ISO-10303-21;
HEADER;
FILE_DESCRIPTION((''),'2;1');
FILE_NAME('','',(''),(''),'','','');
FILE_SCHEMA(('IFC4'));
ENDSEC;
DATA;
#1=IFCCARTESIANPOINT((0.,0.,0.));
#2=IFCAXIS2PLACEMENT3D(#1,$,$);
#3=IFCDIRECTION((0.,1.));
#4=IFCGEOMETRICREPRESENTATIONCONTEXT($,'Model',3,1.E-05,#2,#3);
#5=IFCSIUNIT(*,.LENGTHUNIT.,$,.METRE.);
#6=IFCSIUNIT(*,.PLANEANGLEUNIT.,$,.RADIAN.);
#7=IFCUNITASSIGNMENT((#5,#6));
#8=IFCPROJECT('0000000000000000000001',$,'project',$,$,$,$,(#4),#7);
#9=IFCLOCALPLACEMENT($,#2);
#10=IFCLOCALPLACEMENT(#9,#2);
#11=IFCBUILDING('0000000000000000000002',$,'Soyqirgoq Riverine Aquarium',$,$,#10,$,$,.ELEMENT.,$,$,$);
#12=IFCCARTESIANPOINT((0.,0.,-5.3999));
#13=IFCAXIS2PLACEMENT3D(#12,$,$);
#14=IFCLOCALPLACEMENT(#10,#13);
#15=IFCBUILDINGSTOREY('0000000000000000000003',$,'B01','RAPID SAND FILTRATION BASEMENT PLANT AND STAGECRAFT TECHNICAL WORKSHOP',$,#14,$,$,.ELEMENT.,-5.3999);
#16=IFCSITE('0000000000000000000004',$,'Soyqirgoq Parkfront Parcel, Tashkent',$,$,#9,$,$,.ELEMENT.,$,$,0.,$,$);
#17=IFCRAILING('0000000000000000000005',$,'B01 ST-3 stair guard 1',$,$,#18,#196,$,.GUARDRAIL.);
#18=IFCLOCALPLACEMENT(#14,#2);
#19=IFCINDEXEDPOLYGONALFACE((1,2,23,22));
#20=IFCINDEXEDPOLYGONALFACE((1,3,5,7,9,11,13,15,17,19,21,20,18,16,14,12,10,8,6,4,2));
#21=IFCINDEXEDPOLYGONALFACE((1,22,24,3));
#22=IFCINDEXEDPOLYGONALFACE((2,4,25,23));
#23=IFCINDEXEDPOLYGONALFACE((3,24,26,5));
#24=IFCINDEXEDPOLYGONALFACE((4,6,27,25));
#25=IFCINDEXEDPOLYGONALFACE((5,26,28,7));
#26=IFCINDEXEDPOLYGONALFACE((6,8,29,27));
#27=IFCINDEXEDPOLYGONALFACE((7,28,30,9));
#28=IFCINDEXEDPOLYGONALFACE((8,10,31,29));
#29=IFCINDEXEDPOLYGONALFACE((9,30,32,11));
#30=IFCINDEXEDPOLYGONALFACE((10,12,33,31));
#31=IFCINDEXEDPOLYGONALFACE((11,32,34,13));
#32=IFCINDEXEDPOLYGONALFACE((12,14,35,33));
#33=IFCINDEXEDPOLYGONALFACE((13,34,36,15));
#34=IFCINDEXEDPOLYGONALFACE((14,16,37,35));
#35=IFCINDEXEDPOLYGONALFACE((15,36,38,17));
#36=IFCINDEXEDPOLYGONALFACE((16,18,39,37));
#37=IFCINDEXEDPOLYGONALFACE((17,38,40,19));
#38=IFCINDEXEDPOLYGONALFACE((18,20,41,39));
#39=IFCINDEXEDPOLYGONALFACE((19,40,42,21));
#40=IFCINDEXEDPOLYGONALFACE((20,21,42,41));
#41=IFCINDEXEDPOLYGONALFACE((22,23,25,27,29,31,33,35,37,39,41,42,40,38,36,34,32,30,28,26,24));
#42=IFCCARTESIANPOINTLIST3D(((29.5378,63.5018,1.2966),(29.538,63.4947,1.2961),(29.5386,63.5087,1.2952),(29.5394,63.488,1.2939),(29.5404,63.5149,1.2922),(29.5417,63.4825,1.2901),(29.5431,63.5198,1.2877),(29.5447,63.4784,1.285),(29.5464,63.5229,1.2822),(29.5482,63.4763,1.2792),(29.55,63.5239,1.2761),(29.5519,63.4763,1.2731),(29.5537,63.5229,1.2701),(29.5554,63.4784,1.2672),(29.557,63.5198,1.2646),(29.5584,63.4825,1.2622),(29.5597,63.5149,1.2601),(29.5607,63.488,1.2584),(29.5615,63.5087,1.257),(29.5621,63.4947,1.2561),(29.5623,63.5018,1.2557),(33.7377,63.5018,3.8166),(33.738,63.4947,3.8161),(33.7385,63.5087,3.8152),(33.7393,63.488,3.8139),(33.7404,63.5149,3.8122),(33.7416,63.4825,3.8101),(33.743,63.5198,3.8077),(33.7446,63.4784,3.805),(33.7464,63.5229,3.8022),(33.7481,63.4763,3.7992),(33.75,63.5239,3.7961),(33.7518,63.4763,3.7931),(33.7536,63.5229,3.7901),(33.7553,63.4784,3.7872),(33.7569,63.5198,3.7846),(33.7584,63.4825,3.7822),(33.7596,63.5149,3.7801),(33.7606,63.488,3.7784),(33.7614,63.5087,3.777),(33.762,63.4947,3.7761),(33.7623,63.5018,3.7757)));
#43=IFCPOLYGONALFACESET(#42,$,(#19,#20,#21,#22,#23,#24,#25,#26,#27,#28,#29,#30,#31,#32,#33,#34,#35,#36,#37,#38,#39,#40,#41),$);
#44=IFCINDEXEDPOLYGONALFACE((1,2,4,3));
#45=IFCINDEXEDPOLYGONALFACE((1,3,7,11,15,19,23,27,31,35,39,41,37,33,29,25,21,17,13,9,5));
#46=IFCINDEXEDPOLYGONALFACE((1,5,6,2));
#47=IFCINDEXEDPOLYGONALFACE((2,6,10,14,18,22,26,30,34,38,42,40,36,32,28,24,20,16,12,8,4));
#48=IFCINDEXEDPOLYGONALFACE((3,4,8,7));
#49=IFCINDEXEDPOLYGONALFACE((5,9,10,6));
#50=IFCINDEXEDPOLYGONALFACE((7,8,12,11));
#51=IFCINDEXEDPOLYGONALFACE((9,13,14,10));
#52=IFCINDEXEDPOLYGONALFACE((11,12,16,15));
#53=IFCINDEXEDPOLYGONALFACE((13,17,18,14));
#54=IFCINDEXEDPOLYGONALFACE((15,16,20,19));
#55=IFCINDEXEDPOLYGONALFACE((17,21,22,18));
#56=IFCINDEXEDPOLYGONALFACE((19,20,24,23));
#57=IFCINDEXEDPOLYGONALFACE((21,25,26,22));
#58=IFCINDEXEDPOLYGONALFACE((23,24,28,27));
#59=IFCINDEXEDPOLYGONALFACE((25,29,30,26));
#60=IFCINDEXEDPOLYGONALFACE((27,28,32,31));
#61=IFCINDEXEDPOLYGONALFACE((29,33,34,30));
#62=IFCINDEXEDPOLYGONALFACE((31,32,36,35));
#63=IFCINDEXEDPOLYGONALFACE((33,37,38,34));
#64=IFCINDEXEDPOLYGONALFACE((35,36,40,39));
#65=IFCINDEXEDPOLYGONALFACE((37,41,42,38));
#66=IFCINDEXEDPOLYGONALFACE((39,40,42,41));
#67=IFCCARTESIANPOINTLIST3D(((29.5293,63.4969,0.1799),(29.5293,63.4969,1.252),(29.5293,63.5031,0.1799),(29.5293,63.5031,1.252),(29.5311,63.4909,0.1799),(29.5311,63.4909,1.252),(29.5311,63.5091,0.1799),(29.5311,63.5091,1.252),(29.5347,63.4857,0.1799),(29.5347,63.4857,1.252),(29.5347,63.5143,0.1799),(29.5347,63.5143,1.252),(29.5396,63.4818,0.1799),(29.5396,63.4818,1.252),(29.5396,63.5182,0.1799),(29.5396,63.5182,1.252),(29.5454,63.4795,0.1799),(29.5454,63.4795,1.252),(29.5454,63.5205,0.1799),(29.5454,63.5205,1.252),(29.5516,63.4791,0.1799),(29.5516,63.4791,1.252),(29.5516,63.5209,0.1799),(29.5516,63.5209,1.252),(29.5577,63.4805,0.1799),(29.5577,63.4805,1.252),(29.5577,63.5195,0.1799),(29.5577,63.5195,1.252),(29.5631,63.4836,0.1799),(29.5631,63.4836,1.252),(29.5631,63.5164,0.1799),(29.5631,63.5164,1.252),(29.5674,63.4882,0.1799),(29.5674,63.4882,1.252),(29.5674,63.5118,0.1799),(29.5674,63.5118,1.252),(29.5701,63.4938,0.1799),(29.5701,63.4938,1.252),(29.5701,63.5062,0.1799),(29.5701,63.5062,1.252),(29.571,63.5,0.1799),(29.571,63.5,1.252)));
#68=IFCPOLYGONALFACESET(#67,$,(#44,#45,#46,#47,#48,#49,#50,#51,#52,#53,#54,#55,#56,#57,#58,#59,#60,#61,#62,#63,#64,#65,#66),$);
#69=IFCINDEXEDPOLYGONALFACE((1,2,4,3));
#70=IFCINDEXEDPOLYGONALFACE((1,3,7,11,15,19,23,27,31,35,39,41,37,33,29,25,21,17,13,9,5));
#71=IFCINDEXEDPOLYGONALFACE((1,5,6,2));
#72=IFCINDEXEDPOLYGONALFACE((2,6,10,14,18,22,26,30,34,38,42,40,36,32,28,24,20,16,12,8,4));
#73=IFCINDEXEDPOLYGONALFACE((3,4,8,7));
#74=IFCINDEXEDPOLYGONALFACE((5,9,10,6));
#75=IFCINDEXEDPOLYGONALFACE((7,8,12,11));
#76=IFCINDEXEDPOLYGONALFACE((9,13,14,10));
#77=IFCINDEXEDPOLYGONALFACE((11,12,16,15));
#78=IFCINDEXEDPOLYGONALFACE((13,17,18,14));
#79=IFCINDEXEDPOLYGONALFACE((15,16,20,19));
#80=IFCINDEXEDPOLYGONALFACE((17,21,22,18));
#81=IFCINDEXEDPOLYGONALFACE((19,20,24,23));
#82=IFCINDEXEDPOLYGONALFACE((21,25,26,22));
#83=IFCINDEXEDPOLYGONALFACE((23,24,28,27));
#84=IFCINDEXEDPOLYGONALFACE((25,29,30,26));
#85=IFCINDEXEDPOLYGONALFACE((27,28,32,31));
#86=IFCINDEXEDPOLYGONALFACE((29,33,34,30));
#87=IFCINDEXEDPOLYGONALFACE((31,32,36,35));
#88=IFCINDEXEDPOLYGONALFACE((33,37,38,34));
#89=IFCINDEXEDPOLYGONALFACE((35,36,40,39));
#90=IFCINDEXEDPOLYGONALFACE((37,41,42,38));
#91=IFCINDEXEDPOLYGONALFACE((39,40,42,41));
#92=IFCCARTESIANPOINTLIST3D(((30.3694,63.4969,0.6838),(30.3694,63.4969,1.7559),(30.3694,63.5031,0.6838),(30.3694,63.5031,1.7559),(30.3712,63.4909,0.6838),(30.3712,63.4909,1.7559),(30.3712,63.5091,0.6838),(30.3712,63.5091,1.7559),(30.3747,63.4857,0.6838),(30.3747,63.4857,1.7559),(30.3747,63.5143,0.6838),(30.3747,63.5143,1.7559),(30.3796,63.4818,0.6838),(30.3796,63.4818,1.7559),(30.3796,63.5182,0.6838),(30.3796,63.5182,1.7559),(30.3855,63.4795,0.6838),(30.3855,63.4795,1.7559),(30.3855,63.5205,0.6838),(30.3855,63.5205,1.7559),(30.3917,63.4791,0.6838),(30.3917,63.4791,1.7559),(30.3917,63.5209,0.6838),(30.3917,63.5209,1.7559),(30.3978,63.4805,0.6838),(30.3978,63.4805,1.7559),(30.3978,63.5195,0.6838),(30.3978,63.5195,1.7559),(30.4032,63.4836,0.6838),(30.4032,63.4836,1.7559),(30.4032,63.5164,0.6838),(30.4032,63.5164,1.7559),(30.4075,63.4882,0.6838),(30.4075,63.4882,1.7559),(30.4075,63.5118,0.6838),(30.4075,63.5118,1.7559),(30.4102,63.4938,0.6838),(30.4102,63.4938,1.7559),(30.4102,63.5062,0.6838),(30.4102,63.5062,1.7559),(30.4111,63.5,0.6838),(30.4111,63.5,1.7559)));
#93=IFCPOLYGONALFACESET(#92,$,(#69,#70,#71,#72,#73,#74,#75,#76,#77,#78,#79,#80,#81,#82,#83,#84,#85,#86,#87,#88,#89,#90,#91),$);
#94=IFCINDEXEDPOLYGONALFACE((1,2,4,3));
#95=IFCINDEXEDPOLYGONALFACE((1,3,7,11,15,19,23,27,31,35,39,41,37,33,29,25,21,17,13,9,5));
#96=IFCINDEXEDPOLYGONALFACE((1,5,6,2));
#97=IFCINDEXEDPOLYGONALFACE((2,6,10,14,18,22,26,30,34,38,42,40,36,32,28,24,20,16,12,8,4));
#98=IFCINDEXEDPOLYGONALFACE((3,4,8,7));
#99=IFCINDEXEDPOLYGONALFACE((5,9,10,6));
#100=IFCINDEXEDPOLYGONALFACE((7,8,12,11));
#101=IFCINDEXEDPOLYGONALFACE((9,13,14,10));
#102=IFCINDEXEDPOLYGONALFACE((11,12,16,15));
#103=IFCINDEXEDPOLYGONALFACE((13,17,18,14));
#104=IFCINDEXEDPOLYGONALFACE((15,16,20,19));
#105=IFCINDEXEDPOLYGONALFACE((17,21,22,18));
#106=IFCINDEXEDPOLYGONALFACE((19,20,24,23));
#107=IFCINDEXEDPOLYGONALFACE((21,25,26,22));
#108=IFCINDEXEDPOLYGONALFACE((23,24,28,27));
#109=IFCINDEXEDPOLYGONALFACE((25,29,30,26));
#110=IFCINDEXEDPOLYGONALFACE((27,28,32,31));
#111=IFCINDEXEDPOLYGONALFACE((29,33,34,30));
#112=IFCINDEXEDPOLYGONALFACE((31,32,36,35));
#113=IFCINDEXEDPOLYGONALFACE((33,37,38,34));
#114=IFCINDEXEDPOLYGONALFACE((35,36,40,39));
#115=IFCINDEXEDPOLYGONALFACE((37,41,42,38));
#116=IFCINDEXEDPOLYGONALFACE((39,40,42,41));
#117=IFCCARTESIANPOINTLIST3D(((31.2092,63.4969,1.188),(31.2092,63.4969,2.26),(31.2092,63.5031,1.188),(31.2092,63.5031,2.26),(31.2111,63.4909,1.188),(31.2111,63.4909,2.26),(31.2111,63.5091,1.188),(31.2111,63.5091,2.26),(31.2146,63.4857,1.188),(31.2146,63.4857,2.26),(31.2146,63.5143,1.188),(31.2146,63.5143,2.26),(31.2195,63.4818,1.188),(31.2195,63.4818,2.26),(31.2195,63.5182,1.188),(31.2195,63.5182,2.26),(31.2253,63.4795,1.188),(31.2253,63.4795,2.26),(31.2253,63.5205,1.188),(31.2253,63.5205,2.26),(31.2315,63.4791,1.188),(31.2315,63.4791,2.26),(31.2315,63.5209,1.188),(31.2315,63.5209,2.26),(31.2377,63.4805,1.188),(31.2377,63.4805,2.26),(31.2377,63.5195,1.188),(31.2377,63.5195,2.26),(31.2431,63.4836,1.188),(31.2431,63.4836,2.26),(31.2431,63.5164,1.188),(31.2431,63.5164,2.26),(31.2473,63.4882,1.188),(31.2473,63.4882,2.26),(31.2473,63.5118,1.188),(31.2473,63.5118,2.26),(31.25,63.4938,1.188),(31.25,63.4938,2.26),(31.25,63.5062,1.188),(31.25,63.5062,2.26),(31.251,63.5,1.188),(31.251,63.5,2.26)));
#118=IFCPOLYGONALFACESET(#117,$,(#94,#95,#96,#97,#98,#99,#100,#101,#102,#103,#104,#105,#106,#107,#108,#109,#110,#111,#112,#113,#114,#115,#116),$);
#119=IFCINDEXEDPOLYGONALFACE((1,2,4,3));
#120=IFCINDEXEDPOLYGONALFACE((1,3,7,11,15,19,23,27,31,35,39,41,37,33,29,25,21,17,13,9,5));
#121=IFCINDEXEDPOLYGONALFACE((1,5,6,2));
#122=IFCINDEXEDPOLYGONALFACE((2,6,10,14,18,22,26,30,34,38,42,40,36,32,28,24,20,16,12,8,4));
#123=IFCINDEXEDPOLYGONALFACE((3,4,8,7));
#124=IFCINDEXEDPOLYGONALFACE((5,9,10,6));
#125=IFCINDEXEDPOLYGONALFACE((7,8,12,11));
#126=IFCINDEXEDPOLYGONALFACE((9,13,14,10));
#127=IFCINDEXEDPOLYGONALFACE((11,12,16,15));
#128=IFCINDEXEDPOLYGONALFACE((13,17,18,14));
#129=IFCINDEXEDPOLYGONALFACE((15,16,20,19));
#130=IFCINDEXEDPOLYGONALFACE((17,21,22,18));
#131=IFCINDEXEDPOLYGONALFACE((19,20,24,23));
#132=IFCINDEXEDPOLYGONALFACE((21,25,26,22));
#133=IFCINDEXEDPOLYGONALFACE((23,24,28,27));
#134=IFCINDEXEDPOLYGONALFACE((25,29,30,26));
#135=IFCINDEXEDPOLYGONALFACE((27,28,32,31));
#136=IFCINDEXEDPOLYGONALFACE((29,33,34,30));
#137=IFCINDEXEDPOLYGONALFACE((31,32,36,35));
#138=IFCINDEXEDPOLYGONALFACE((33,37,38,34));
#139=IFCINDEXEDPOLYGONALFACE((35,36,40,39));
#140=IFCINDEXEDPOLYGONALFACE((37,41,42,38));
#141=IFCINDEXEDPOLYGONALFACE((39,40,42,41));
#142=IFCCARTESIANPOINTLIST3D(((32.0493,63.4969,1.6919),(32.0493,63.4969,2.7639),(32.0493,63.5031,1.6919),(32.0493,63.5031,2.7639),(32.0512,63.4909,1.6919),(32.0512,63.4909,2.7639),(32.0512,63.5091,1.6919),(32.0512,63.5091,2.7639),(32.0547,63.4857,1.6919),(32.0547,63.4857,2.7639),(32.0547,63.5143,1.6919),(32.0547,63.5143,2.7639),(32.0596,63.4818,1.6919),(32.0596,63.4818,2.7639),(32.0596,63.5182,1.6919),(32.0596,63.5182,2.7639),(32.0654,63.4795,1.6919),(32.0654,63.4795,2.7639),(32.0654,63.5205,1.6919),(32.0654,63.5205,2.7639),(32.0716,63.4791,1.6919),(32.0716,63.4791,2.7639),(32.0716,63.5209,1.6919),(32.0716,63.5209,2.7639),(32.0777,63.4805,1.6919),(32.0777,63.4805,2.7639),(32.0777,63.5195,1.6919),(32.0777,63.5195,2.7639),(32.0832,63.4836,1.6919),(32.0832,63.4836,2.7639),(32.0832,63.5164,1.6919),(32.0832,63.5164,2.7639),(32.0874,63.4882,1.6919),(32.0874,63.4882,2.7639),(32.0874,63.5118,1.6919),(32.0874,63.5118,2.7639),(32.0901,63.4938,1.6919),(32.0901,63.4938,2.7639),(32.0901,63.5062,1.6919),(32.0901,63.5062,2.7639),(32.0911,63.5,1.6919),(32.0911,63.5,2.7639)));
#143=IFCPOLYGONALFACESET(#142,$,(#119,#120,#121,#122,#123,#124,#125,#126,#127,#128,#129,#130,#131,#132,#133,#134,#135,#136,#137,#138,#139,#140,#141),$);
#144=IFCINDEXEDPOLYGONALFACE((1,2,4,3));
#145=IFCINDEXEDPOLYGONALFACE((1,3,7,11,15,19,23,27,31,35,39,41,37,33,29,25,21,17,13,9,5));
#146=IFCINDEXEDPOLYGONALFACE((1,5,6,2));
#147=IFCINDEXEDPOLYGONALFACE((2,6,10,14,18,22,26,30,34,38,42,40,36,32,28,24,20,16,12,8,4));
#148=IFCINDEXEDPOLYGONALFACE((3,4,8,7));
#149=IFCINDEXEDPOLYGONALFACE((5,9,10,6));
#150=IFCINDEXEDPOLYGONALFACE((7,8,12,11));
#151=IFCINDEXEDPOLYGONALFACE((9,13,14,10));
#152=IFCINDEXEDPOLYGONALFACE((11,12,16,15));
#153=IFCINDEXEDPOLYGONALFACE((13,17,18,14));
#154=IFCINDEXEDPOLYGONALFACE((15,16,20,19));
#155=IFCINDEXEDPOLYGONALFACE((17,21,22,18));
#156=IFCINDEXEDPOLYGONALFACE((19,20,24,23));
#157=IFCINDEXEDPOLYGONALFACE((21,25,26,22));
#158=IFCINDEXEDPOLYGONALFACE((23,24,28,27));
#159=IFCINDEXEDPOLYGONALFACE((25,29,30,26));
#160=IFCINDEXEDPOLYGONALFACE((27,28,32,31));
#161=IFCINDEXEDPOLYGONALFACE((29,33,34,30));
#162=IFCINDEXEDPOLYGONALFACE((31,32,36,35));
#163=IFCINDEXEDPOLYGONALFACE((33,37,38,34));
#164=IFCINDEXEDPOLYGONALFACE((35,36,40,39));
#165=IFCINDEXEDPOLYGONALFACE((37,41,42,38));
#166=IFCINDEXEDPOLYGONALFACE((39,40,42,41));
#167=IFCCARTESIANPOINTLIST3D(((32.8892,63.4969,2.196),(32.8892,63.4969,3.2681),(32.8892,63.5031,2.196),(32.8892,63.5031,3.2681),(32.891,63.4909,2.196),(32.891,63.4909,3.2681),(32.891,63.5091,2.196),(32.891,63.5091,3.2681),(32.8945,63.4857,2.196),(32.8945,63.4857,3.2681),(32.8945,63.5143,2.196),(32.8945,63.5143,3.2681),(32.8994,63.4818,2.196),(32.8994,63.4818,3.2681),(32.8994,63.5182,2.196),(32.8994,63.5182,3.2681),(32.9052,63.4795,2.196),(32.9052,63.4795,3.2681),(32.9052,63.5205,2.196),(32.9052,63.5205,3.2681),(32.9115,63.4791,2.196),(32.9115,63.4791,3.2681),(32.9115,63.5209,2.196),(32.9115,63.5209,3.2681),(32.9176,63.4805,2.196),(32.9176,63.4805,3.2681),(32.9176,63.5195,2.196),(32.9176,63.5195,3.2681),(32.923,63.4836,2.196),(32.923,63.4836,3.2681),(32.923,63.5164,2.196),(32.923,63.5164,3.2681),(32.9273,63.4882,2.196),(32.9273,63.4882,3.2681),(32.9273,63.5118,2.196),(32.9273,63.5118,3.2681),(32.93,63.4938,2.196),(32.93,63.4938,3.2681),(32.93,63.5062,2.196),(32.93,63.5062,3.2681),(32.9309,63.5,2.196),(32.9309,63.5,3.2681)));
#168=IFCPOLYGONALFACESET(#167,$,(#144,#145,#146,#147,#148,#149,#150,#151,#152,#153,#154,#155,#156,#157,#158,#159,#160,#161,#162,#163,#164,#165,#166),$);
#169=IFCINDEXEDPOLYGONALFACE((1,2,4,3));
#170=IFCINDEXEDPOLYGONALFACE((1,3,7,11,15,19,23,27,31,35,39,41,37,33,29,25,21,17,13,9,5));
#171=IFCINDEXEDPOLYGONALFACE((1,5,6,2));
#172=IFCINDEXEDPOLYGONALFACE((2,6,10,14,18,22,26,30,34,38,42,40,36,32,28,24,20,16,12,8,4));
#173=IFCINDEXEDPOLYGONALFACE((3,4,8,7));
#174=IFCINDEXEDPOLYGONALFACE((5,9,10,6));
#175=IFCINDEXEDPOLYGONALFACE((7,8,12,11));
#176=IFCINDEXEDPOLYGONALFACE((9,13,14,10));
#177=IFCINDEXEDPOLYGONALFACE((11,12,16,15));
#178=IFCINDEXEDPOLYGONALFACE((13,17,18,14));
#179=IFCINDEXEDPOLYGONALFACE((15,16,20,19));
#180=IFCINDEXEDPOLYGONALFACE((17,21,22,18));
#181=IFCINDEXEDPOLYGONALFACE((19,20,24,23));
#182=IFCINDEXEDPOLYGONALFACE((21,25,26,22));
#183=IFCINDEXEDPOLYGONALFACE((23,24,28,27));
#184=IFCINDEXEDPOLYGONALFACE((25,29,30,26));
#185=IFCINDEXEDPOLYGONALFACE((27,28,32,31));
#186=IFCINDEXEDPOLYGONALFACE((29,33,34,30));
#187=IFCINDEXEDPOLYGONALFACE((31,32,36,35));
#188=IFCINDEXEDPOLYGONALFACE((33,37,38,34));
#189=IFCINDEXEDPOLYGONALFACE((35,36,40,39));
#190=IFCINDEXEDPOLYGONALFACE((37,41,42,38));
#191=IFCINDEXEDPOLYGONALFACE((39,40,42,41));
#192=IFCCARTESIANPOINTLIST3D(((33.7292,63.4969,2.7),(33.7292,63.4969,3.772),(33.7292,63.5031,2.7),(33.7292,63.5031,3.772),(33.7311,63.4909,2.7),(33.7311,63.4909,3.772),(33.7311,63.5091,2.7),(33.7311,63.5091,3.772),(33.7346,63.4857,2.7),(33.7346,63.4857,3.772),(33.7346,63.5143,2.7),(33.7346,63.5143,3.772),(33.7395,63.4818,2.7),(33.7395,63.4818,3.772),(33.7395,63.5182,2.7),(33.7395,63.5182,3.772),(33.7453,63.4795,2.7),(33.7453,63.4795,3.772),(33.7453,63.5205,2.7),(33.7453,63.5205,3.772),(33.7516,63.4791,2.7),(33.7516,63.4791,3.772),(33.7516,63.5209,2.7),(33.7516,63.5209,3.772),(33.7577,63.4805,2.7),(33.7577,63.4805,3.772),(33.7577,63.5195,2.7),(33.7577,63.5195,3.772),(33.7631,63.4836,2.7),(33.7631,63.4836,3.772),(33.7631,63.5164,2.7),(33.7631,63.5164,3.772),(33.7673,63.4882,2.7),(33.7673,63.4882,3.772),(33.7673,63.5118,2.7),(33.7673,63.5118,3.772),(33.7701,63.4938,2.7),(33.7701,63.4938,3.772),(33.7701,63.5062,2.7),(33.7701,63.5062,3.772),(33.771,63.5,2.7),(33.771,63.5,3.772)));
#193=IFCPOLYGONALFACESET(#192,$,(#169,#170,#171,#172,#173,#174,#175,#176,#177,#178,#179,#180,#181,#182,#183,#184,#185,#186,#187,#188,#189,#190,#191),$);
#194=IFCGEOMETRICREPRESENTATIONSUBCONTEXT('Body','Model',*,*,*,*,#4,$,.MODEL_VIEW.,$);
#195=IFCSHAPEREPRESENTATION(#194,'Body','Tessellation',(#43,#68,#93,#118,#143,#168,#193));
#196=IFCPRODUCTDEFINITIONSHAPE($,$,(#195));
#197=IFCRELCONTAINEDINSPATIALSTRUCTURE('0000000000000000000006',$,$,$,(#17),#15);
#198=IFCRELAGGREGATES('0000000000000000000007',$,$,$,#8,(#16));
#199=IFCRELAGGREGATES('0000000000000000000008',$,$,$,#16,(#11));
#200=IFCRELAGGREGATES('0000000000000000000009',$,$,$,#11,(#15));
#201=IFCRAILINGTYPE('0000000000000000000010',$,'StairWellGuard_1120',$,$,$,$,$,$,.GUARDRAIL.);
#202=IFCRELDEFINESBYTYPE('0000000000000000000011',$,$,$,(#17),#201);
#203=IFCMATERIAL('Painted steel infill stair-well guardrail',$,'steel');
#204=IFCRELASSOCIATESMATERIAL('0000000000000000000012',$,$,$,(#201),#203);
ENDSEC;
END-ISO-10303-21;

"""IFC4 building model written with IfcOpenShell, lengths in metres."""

from ifc_helpers import new_model, si_unit, direction, frame, origin, origin_2d, place, context, subcontext, project, spatial, circle, extrude, material, type_object, element, save


model = new_model("IFC4")

# Units and contexts
model_context = context("Model", 3, precision=1e-05, world=origin(), true_north=direction((0.0, 1.0)))
body_context = subcontext(model_context, "Body", "Model", "MODEL_VIEW")
ifc_project = project(units=[si_unit("LENGTHUNIT", "METRE"), si_unit("PLANEANGLEUNIT", "RADIAN")], contexts=[model_context])

# Site, building, storey
site_placement = place(None, origin())
site = spatial("IfcSite", under=ifc_project, at=site_placement, Name="Soyqirgoq Parkfront Parcel, Tashkent", CompositionType="ELEMENT", RefElevation=0.0)
building_placement = place(site_placement, origin())
building = spatial("IfcBuilding", under=site, at=building_placement, Name="Soyqirgoq Riverine Aquarium", CompositionType="ELEMENT")
storey_placement = place(building_placement, frame((0.0, 0.0, -5.3999)))
storey = spatial("IfcBuildingStorey", under=building, at=storey_placement, Name="B01", Description="RAPID SAND FILTRATION BASEMENT PLANT AND STAGECRAFT TECHNICAL WORKSHOP", CompositionType="ELEMENT", Elevation=-5.3999)

# Railing
ifc_material_1 = material(Name="Painted steel infill stair-well guardrail", Category="steel")
railing_type_1 = type_object("IfcRailingType", Name="StairWellGuard_1120", PredefinedType="GUARDRAIL", material=ifc_material_1)
railing_1_placement = place(storey_placement, frame((29.55, 63.5, 0.1799)))
element("IfcRailing", 1, at=railing_1_placement, inside=storey, type_object=railing_type_1, Name="B01 ST-3 stair guard 1", PredefinedType="GUARDRAIL", context=body_context, shape_type="SweptSolid", body=[
    extrude(circle(Radius=0.0239, at=origin_2d()), frame((0.0, 0.0, 1.0962), z_axis=(0.857489, 0.0, 0.514503), x_axis=(0.0, 1.0, 0.0)), (0.0, 0.0, 1.0), 4.8979),
    extrude(circle(Radius=0.021, at=origin_2d()), origin(), (0.0, 0.0, 1.0), 1.072),
    extrude(circle(Radius=0.021, at=origin_2d()), frame((0.8401, 0.0, 0.5039)), (0.0, 0.0, 1.0), 1.072),
    extrude(circle(Radius=0.021, at=origin_2d()), frame((1.6799, 0.0, 1.0081)), (0.0, 0.0, 1.0), 1.072),
    extrude(circle(Radius=0.021, at=origin_2d()), frame((2.52, 0.0, 1.512)), (0.0, 0.0, 1.0), 1.072),
    extrude(circle(Radius=0.021, at=origin_2d()), frame((3.3599, 0.0, 2.0161)), (0.0, 0.0, 1.0), 1.072),
    extrude(circle(Radius=0.021, at=origin_2d()), frame((4.2, 0.0, 2.52)), (0.0, 0.0, 1.0), 1.072),
])

save(model, "model.ifc")
